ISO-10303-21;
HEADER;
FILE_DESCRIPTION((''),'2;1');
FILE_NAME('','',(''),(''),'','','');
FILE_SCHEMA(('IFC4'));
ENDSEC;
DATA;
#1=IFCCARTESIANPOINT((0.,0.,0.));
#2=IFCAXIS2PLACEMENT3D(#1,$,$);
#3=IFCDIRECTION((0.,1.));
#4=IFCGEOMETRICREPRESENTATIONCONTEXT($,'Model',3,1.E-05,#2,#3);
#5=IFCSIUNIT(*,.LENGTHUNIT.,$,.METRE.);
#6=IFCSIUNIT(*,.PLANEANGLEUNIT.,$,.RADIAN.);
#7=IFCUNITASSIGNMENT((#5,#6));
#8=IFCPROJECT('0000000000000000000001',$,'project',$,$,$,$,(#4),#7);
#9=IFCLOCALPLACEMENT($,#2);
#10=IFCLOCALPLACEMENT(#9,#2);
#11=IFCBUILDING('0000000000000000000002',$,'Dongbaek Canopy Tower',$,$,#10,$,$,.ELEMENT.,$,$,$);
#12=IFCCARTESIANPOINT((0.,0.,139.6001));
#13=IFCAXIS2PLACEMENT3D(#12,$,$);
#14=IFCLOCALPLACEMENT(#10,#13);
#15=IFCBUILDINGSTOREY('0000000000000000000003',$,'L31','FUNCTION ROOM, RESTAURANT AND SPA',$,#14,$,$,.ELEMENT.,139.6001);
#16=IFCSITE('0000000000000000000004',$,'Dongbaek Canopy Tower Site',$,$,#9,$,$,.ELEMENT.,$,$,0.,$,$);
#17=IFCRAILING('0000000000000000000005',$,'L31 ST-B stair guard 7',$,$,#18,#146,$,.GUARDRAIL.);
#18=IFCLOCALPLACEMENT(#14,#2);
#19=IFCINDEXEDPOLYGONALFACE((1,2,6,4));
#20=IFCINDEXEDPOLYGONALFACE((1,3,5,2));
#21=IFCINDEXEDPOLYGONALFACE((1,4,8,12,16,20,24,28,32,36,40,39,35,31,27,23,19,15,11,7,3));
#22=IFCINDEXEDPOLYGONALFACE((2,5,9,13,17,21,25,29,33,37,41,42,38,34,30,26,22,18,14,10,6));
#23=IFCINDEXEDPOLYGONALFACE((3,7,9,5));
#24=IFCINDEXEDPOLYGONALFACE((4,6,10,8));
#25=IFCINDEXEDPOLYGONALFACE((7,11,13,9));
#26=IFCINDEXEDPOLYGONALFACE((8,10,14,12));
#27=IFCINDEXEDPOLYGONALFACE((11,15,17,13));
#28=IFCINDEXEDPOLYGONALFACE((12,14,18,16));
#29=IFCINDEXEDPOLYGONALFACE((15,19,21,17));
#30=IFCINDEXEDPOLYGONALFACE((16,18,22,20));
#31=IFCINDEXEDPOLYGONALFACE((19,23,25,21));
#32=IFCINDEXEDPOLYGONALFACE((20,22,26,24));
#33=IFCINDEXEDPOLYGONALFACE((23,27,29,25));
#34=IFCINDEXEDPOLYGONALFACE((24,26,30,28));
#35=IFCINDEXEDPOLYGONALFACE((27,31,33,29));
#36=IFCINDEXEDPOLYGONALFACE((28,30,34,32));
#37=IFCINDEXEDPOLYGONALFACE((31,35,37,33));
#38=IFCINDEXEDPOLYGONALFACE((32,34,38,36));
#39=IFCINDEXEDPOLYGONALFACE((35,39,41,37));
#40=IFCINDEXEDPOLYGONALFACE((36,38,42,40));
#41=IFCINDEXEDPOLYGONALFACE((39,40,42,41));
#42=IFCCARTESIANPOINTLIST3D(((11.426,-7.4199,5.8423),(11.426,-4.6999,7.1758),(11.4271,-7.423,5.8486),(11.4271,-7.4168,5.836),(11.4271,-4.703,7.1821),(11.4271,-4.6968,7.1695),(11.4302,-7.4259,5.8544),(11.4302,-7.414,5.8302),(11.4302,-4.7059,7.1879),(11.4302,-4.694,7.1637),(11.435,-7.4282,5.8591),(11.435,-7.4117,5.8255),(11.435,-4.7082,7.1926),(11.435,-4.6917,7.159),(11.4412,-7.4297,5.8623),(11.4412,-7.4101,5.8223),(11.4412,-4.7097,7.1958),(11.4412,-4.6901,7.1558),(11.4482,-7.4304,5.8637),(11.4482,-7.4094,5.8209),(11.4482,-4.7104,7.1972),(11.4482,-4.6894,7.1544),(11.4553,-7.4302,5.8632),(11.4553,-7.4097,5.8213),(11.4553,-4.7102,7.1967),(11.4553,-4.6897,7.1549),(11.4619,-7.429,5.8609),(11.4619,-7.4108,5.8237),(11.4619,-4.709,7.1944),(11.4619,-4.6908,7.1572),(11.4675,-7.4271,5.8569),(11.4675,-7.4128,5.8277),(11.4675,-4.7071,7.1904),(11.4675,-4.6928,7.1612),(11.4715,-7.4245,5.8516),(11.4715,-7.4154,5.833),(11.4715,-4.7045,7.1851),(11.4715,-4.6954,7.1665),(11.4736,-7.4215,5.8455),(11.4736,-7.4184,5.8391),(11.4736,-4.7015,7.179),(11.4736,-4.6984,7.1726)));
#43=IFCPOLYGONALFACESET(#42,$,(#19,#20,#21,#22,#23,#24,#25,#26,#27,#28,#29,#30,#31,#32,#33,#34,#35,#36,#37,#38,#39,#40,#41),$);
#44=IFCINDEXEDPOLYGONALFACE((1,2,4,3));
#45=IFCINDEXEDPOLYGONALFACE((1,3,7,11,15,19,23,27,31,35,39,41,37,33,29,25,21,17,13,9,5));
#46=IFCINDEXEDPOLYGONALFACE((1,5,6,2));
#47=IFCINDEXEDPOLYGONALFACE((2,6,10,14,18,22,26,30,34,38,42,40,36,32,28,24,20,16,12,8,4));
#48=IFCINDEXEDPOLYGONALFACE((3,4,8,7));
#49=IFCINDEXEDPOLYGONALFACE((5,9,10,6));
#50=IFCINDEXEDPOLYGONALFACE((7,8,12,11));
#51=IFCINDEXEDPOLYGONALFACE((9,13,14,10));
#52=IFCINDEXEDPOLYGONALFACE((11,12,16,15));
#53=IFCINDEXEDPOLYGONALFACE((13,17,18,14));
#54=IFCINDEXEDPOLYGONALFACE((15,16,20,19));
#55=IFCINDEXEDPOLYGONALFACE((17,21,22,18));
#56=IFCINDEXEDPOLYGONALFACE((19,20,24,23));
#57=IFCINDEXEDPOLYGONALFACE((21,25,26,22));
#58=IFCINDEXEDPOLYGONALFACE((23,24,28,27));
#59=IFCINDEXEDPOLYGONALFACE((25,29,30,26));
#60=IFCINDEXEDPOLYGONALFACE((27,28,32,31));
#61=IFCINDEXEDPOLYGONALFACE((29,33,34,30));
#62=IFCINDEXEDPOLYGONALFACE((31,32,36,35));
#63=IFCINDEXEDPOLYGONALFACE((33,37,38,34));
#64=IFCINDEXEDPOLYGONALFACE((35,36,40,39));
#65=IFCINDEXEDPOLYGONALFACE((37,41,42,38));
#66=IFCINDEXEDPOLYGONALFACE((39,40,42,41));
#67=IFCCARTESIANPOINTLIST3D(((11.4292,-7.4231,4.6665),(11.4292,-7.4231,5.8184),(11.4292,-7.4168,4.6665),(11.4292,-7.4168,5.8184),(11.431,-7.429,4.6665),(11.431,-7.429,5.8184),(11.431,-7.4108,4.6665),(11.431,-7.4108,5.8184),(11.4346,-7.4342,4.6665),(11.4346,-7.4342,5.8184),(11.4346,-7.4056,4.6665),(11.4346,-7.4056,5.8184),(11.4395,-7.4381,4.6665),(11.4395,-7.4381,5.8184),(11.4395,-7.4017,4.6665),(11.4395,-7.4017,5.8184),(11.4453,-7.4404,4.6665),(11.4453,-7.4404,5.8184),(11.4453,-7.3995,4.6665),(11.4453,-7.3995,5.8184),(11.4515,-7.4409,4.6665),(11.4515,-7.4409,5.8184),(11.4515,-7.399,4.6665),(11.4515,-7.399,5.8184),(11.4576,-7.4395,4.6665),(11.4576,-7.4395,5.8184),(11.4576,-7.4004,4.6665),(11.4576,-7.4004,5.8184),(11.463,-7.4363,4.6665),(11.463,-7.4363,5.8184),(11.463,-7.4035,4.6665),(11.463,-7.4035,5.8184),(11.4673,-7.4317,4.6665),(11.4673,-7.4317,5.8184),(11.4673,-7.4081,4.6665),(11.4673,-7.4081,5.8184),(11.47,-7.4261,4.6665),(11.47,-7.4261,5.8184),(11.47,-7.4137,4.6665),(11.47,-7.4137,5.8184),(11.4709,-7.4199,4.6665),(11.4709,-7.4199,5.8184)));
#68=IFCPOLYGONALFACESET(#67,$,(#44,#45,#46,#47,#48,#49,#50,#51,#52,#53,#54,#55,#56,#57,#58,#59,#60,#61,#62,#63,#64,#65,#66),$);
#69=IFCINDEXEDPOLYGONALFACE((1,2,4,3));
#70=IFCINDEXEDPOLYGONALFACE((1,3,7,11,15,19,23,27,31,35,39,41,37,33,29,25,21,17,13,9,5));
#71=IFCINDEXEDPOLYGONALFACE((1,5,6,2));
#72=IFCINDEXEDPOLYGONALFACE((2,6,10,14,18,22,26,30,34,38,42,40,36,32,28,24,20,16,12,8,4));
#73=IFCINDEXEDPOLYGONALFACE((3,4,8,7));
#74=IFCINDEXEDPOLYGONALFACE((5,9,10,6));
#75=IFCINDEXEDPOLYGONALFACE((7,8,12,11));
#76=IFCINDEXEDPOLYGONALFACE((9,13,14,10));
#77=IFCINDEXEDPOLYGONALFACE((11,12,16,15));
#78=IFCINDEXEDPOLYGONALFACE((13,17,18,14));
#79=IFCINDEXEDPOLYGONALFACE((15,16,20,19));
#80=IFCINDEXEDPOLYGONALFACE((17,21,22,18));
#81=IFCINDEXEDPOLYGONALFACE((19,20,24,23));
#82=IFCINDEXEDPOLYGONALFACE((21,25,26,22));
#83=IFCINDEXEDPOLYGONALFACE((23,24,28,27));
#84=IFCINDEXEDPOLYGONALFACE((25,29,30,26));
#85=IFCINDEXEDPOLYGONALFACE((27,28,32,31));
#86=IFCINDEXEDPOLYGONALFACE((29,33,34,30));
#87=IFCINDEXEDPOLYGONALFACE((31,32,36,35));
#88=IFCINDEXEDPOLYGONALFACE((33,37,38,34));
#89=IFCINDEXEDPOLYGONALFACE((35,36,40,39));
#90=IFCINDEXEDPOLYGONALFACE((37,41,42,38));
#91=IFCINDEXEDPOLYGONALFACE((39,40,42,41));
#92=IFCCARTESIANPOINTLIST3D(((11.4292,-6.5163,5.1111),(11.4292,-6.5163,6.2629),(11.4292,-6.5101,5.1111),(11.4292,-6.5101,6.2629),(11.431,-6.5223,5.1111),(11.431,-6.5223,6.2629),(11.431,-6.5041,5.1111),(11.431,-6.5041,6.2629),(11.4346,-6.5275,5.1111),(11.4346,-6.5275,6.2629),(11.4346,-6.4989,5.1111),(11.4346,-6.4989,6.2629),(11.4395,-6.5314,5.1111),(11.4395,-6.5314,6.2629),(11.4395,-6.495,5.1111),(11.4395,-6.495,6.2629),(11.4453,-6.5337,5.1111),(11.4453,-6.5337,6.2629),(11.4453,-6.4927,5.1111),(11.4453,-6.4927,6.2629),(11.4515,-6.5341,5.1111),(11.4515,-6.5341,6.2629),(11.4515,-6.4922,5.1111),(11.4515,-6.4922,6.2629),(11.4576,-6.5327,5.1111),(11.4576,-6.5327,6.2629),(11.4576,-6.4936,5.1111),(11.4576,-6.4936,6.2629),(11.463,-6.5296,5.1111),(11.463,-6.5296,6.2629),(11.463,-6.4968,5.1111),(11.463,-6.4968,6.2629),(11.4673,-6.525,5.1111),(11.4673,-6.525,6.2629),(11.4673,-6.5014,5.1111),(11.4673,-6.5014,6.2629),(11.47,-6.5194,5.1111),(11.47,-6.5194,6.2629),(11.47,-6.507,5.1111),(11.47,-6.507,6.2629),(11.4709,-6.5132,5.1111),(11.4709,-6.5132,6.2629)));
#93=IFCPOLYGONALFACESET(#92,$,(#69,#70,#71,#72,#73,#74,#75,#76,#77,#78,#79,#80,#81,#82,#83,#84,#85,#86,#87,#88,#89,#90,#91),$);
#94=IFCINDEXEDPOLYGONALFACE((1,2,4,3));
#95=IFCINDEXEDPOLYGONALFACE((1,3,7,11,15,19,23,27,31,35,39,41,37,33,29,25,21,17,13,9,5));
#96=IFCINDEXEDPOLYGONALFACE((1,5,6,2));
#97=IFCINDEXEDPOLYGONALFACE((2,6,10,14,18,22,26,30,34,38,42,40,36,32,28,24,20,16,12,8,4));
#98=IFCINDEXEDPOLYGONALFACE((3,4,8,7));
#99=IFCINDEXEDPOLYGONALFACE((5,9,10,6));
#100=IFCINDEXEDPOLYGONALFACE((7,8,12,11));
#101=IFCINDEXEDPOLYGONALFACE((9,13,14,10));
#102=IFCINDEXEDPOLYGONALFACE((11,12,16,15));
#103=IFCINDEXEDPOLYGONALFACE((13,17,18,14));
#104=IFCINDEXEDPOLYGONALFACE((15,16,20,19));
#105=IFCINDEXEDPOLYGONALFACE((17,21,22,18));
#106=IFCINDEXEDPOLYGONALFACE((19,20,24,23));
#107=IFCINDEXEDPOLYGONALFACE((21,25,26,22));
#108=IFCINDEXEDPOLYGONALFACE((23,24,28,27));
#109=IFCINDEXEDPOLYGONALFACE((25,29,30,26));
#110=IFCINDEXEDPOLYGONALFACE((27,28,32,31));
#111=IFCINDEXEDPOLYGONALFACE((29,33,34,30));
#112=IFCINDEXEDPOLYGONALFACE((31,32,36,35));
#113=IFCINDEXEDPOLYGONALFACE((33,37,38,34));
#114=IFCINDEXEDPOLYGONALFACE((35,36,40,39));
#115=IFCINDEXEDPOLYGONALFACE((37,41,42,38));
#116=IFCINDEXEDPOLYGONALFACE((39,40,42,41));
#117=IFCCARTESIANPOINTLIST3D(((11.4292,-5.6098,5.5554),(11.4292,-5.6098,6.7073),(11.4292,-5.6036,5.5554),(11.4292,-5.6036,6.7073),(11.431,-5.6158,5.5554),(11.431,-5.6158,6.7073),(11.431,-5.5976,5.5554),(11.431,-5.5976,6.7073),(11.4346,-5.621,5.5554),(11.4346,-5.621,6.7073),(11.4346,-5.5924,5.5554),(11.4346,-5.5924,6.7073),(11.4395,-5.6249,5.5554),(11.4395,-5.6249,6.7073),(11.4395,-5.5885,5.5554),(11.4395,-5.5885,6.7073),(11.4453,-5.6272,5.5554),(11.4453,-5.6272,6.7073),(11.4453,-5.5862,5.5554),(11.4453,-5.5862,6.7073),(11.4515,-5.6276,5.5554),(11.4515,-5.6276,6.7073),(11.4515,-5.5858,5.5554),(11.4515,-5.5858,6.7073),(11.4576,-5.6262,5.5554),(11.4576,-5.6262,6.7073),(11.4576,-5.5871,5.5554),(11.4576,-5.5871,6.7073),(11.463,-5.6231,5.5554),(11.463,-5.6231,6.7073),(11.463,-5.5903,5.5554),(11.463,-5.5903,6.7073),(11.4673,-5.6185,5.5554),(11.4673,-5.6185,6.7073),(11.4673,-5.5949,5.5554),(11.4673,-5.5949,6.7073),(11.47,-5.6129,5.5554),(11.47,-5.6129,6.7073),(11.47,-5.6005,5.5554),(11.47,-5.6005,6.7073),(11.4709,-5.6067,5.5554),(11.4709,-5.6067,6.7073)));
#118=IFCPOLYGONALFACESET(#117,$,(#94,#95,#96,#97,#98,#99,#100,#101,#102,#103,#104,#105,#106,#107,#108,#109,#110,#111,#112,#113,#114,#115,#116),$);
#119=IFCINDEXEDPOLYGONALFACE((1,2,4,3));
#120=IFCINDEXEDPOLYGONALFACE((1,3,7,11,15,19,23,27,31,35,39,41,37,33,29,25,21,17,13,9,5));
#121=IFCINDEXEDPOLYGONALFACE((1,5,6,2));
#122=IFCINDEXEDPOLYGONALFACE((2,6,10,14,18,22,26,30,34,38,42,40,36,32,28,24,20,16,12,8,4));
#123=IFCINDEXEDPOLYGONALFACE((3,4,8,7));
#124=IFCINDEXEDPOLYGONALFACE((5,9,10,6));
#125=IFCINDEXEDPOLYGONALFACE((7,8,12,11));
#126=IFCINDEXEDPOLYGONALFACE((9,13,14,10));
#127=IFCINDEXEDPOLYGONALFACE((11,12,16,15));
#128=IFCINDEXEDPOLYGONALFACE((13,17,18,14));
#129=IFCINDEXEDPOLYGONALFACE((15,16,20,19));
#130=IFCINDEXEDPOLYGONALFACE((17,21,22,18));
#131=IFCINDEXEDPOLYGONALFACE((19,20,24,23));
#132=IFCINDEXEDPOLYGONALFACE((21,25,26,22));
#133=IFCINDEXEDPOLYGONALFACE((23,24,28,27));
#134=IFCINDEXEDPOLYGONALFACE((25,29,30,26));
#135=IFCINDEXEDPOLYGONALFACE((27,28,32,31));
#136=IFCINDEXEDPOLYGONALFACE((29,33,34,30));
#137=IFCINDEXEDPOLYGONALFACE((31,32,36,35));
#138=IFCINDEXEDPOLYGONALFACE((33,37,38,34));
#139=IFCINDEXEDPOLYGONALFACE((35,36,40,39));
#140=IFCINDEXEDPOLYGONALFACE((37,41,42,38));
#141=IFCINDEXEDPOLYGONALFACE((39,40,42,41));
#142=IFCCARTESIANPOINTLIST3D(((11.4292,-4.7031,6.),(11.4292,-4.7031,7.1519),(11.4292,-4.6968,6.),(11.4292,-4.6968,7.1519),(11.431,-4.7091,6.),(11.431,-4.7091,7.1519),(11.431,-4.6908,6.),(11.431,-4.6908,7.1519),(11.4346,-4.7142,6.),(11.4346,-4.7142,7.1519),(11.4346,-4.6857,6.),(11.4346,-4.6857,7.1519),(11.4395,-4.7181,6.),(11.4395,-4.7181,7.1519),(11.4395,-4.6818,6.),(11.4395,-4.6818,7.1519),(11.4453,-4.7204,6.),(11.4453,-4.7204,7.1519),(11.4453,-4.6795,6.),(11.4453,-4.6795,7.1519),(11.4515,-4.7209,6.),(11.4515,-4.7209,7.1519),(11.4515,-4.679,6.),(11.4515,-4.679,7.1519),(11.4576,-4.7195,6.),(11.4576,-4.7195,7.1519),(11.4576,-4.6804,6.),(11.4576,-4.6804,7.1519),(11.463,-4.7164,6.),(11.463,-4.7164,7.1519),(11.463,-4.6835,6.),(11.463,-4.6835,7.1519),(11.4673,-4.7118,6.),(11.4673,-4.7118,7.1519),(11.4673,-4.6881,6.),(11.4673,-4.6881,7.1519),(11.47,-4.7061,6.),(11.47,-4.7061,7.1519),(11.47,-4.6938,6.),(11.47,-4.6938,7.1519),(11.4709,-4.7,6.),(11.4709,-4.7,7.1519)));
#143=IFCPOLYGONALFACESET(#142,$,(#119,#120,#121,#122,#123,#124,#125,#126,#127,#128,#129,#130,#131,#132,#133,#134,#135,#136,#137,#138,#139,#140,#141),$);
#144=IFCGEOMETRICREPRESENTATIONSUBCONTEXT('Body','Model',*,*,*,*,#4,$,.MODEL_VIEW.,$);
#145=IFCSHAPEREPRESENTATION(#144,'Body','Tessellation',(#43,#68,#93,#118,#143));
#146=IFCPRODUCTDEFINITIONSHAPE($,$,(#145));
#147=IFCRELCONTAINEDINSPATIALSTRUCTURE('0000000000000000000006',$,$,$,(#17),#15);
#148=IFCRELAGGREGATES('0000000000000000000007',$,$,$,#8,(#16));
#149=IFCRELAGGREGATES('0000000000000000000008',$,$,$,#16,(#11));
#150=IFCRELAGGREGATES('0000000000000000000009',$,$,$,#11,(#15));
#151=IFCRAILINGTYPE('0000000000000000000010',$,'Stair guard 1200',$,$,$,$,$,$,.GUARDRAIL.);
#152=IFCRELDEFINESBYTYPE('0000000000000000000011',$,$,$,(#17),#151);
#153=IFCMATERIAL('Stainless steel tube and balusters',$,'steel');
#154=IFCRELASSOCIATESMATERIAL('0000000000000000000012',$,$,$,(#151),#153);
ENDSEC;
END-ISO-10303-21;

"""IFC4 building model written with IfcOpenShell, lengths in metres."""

from ifc_helpers import new_model, si_unit, direction, frame, origin, origin_2d, place, context, subcontext, project, spatial, circle, extrude, material, type_object, element, save


model = new_model("IFC4")

# Units and contexts
model_context = context("Model", 3, precision=1e-05, world=origin(), true_north=direction((0.0, 1.0)))
body_context = subcontext(model_context, "Body", "Model", "MODEL_VIEW")
ifc_project = project(units=[si_unit("LENGTHUNIT", "METRE"), si_unit("PLANEANGLEUNIT", "RADIAN")], contexts=[model_context])

# Site, building, storey
site_placement = place(None, origin())
site = spatial("IfcSite", under=ifc_project, at=site_placement, Name="Dongbaek Canopy Tower Site", CompositionType="ELEMENT", RefElevation=0.0)
building_placement = place(site_placement, origin())
building = spatial("IfcBuilding", under=site, at=building_placement, Name="Dongbaek Canopy Tower", CompositionType="ELEMENT")
storey_placement = place(building_placement, frame((0.0, 0.0, 139.6001)))
storey = spatial("IfcBuildingStorey", under=building, at=storey_placement, Name="L31", Description="FUNCTION ROOM, RESTAURANT AND SPA", CompositionType="ELEMENT", Elevation=139.6001)

# Railing
ifc_material_1 = material(Name="Stainless steel tube and balusters", Category="steel")
railing_type_1 = type_object("IfcRailingType", Name="Stair guard 1200", PredefinedType="GUARDRAIL", material=ifc_material_1)
railing_1_placement = place(storey_placement, frame((11.45, -7.4199, 4.6665)))
element("IfcRailing", 1, at=railing_1_placement, inside=storey, type_object=railing_type_1, Name="L31 ST-B stair guard 7", PredefinedType="GUARDRAIL", context=body_context, shape_type="SweptSolid", body=[
    extrude(circle(Radius=0.0239, at=origin_2d()), frame((0.0, 0.0, 1.1758), z_axis=(0.0, 0.897898, 0.440204), x_axis=(-1.0, 0.0, 0.0)), (0.0, 0.0, 1.0), 3.0293),
    extrude(circle(Radius=0.021, at=origin_2d()), origin(), (0.0, 0.0, 1.0), 1.1519),
    extrude(circle(Radius=0.021, at=origin_2d()), frame((0.0, 0.9067, 0.4446)), (0.0, 0.0, 1.0), 1.1519),
    extrude(circle(Radius=0.021, at=origin_2d()), frame((0.0, 1.8132, 0.8889)), (0.0, 0.0, 1.0), 1.1519),
    extrude(circle(Radius=0.021, at=origin_2d()), frame((0.0, 2.72, 1.3335)), (0.0, 0.0, 1.0), 1.1519),
])

save(model, "model.ifc")
